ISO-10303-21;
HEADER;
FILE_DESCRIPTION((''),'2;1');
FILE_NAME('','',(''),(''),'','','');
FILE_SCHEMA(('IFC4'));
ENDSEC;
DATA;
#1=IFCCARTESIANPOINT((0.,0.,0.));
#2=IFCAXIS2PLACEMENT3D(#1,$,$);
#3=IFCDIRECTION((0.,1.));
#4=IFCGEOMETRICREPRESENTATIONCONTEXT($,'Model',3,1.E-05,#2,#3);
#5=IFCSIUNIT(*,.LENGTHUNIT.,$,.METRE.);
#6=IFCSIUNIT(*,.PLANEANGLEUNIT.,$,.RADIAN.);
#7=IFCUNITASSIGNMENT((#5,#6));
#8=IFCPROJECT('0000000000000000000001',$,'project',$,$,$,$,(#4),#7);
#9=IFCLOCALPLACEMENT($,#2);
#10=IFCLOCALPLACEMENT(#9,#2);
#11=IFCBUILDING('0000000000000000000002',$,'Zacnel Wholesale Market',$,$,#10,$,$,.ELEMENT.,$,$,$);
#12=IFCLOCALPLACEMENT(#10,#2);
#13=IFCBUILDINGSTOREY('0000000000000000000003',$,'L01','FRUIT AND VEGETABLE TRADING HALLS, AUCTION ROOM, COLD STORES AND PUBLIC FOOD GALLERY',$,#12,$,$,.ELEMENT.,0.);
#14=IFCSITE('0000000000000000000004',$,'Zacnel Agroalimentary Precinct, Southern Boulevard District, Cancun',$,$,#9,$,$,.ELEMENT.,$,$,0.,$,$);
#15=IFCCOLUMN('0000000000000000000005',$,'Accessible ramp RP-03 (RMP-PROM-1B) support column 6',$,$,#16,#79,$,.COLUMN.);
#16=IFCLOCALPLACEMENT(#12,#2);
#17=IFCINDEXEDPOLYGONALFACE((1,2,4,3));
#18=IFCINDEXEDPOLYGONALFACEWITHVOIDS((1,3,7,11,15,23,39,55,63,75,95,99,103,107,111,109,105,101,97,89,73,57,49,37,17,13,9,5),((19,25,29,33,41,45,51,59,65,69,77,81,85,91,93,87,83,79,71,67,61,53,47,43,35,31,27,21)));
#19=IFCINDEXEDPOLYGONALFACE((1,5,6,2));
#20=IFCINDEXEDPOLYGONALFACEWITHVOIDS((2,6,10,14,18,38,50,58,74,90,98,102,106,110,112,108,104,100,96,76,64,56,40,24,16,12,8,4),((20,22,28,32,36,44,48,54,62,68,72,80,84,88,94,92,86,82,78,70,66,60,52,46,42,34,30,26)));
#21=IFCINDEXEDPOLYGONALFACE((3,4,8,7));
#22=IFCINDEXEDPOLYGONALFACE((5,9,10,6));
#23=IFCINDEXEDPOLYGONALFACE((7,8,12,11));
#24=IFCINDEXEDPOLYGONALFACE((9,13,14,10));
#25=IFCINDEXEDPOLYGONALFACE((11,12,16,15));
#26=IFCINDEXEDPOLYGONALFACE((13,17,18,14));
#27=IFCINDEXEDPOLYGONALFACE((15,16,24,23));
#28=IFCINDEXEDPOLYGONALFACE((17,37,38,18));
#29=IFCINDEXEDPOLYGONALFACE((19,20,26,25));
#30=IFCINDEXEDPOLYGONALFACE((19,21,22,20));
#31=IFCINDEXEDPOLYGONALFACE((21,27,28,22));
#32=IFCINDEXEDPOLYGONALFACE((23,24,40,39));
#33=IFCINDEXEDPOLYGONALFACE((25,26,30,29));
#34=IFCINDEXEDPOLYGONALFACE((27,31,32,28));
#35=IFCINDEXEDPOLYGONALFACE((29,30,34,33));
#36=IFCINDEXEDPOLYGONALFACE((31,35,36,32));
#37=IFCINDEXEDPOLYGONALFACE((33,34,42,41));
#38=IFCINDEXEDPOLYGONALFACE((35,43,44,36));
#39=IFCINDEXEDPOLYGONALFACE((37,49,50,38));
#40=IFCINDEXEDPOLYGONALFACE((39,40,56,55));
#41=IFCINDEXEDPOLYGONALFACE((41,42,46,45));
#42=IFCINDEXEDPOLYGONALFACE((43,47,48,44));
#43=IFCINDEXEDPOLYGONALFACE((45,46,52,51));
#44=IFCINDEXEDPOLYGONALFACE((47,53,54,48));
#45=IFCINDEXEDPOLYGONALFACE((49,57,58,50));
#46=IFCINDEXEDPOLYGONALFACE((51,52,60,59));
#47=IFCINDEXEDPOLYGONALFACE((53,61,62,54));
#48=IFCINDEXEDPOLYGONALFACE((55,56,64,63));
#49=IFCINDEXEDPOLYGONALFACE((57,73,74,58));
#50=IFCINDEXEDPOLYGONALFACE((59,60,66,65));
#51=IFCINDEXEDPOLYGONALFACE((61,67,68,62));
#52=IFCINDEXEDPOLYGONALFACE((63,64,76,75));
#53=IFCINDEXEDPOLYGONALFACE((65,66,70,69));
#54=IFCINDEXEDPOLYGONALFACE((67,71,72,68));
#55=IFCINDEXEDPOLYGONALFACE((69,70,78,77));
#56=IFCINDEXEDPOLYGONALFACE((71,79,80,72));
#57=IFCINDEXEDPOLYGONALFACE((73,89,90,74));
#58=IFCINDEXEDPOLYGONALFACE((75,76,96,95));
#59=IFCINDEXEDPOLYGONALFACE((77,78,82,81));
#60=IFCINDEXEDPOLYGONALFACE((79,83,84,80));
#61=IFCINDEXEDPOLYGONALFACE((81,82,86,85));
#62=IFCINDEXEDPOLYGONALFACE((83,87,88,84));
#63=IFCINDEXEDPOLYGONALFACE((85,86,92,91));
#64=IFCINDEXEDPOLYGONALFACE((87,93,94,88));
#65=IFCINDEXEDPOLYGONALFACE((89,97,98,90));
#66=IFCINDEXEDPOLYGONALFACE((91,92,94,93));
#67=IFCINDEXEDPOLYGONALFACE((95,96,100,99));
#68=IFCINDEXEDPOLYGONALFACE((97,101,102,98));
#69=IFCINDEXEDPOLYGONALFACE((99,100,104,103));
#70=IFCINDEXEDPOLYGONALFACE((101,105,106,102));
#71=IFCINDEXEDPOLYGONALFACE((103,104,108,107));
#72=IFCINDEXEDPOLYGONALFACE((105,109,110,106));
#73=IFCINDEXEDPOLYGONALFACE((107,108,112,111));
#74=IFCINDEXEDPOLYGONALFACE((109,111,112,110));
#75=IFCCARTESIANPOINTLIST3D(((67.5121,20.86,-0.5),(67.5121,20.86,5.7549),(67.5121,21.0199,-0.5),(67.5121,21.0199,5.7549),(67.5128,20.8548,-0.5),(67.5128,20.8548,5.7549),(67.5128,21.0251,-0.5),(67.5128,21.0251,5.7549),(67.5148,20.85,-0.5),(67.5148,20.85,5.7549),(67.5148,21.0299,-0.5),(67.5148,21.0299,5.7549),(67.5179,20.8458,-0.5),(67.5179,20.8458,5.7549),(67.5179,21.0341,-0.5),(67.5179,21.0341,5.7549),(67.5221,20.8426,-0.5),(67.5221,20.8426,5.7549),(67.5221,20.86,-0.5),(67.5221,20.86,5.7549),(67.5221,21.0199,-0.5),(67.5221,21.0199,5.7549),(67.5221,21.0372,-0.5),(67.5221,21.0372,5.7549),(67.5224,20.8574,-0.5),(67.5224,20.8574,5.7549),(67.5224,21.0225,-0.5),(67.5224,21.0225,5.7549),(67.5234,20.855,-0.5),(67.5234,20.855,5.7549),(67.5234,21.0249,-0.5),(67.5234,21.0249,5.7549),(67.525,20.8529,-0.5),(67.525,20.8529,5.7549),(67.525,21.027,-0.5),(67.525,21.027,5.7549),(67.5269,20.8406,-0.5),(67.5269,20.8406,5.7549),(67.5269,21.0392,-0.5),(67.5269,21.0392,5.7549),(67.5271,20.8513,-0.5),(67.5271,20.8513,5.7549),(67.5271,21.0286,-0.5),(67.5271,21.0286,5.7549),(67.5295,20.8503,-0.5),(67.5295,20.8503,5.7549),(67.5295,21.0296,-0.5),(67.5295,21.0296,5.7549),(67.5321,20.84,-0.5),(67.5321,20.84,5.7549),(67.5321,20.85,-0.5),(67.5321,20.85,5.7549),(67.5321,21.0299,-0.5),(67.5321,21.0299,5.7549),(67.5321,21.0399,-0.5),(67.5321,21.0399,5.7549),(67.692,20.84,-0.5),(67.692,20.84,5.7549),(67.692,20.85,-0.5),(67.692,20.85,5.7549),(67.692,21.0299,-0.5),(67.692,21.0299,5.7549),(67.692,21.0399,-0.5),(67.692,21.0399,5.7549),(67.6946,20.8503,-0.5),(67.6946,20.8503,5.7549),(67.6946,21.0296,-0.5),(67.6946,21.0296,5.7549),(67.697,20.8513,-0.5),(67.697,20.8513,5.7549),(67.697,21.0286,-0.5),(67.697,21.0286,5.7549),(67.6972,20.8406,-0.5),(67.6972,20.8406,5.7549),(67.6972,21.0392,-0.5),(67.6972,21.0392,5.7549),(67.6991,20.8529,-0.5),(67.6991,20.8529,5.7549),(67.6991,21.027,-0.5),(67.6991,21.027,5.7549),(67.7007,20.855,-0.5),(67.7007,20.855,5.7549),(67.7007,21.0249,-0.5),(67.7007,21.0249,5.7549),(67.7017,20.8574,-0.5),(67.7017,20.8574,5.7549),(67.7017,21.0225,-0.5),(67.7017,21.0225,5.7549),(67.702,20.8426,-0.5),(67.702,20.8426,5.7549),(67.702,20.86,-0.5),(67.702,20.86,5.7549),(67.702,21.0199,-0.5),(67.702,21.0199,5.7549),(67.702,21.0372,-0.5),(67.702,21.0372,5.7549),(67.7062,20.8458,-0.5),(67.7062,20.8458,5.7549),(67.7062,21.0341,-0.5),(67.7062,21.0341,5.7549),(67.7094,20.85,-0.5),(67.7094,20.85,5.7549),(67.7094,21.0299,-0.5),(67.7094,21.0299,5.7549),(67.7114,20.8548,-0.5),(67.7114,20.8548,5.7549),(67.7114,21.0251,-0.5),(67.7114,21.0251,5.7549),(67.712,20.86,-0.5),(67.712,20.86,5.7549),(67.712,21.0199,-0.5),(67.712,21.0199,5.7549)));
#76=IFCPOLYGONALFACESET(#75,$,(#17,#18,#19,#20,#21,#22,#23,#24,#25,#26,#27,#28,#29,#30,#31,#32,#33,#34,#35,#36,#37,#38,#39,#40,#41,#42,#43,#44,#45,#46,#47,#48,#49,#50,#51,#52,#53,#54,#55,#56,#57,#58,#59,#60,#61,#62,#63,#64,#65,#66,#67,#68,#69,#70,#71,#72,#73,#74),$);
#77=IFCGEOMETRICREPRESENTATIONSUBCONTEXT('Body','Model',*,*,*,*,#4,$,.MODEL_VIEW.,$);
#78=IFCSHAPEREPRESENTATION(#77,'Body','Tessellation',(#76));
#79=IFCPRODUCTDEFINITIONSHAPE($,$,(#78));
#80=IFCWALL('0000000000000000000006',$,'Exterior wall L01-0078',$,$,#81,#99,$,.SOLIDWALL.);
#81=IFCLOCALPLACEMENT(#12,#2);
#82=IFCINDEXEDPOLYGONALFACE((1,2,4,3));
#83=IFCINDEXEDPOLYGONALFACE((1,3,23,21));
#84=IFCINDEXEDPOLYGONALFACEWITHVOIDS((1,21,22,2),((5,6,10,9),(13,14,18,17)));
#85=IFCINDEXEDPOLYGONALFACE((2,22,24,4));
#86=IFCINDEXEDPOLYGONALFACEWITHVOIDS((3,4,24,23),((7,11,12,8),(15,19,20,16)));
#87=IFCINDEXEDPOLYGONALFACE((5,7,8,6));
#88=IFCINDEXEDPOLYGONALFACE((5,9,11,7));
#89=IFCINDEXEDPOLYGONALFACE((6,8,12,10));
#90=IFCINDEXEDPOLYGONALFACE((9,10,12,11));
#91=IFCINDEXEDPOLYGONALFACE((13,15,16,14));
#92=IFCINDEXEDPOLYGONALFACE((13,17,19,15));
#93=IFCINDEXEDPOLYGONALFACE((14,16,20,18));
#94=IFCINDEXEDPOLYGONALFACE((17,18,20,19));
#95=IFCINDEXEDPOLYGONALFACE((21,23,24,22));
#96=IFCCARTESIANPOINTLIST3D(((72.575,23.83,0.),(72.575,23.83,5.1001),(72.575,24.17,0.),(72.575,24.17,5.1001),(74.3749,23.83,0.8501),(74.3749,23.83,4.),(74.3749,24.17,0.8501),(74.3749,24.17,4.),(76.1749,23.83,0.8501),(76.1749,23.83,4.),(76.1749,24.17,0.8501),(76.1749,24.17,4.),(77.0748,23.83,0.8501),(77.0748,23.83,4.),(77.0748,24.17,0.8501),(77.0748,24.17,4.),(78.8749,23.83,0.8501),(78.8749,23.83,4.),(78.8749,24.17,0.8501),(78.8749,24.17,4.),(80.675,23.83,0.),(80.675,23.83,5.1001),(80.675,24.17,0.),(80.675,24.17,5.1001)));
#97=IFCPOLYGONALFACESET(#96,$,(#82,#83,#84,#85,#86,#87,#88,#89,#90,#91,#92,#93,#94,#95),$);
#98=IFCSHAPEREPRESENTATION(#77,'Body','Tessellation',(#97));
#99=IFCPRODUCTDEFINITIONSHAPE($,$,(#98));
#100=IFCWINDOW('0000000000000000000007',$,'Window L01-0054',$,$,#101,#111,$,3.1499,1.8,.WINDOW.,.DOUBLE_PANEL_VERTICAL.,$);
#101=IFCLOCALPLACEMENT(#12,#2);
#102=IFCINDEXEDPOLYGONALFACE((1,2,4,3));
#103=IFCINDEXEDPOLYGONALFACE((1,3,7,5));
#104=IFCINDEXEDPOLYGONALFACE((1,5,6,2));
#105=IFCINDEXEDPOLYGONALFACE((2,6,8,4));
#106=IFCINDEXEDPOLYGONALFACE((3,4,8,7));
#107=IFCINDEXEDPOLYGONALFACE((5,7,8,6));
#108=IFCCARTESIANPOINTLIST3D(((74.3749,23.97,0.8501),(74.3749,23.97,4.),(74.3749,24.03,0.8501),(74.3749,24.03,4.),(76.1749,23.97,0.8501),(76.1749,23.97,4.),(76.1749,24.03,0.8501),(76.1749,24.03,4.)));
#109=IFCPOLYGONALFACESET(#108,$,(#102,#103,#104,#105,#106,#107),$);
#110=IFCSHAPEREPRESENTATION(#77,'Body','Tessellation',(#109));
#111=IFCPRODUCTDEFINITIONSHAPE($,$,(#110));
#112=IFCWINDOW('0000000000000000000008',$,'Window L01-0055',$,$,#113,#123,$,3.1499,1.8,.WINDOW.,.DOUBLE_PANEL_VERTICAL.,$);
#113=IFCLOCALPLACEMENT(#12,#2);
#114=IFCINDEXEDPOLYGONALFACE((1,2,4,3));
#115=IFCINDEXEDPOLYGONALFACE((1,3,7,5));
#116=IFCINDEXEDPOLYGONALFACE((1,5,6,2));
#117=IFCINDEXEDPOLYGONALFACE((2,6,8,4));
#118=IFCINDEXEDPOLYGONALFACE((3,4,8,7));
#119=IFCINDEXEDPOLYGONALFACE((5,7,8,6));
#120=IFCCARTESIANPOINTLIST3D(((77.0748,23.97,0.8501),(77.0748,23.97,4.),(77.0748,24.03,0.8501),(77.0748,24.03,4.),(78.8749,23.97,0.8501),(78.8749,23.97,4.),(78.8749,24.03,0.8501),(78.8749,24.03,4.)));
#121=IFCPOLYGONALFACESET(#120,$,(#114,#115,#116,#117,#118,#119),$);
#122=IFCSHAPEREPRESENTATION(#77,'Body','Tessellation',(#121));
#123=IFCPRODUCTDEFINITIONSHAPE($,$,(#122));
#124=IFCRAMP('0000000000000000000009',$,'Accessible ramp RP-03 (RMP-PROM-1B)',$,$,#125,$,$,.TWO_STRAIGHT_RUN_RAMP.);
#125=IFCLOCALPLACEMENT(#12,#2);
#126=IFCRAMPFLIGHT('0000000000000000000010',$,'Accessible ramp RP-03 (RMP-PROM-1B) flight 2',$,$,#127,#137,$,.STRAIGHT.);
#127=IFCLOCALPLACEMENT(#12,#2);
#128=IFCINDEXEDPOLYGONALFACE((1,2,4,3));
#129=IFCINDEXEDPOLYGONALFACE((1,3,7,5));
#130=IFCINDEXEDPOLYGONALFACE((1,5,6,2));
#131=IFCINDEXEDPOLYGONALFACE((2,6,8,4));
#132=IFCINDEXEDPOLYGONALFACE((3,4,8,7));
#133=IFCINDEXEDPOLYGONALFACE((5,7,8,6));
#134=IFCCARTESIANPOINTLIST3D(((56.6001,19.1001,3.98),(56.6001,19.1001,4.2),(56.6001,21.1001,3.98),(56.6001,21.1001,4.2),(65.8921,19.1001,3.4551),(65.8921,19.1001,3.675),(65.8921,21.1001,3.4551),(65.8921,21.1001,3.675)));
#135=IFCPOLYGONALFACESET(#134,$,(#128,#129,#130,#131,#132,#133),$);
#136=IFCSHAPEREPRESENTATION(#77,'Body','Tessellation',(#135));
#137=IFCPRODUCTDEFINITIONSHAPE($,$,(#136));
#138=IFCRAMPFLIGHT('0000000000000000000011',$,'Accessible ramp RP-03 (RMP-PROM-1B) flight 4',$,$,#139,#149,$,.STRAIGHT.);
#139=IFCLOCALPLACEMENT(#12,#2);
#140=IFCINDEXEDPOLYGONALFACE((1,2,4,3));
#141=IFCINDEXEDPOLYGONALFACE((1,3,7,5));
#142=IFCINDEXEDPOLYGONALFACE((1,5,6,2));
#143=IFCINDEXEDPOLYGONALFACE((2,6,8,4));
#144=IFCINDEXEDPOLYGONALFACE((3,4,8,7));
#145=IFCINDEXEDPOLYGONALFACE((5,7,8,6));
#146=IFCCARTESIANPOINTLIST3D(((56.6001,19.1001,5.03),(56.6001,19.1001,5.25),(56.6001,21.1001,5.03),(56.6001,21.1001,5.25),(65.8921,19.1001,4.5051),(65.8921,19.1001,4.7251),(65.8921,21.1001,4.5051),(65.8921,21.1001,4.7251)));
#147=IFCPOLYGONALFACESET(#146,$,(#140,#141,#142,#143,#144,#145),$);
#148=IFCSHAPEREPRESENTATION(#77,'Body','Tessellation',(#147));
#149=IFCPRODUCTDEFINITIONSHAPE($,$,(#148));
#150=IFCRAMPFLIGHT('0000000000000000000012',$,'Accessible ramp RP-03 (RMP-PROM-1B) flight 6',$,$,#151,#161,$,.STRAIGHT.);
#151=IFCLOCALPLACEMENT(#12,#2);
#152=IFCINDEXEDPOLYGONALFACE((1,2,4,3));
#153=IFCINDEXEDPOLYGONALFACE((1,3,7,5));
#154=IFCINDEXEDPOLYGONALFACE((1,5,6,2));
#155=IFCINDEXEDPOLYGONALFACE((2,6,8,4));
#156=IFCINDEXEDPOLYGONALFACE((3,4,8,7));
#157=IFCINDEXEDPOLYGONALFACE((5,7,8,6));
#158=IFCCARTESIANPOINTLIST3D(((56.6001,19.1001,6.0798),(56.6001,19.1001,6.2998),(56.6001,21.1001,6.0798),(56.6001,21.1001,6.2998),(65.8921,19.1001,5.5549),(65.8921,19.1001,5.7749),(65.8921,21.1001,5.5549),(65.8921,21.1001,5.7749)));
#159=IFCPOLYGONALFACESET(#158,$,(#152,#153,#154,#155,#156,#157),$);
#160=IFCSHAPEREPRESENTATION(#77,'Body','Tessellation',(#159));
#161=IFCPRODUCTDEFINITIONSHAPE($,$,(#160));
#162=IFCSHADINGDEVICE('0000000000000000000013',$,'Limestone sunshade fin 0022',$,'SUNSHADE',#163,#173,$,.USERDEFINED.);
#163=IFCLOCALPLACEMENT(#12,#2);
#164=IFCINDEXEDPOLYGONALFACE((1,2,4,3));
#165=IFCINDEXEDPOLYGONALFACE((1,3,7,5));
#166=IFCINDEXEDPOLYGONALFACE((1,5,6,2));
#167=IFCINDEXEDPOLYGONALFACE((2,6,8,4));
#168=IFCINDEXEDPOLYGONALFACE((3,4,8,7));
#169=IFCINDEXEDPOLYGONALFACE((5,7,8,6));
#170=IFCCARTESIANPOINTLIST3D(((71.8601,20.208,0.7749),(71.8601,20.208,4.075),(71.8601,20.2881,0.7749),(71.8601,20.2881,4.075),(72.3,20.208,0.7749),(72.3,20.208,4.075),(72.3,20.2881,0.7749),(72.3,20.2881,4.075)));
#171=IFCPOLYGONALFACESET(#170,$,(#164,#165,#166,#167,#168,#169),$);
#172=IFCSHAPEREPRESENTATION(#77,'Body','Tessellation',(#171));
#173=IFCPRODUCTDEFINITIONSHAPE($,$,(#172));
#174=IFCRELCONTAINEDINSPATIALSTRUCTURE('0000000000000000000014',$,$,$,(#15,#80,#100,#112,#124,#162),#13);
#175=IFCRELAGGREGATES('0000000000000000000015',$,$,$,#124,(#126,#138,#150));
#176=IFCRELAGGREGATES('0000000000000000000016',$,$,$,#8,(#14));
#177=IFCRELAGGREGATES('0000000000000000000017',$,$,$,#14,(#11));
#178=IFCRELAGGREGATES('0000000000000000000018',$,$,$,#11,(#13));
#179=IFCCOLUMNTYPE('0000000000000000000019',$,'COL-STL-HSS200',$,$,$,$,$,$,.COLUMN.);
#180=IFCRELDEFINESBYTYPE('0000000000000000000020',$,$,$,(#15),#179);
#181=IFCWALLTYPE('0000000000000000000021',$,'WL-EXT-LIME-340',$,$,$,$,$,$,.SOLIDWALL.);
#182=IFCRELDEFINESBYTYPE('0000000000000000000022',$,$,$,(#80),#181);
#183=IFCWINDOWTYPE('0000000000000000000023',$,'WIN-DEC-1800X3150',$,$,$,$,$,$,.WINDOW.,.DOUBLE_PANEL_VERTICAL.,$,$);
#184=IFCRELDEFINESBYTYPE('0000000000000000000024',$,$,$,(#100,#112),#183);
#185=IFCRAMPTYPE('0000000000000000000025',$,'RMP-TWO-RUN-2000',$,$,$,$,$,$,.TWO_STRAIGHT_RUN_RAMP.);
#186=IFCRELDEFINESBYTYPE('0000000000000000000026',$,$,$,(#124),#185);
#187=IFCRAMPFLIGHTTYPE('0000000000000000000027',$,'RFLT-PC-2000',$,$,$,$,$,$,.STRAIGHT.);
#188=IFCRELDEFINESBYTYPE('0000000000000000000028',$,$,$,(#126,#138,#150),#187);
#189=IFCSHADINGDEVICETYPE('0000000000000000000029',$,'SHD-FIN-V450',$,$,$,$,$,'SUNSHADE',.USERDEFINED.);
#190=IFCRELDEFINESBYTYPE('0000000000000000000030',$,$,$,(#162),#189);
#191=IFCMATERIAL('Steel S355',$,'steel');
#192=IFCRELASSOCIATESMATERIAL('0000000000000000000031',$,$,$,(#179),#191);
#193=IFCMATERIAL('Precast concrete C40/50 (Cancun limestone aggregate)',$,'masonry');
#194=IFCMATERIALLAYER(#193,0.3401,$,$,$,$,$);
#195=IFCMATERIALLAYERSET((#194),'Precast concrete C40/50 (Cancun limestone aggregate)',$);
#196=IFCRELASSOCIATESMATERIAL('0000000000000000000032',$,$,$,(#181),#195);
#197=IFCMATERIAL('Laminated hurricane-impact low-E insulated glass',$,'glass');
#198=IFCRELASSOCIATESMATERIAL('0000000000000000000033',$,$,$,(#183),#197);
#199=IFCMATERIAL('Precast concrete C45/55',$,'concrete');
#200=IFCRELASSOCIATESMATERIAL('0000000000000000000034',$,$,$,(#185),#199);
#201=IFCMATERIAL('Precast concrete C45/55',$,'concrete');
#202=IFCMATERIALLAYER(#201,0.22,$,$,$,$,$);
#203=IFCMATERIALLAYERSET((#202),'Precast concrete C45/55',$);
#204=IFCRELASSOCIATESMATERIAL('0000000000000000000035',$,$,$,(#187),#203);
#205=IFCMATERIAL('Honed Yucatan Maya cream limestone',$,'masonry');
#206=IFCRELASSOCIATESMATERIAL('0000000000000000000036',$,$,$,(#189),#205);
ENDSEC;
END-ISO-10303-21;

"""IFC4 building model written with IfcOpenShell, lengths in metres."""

from ifc_helpers import new_model, si_unit, direction, frame, frame_2d, origin, origin_2d, place, context, subcontext, project, spatial, polyline, rectangle, hollow_rectangle, outline, extrude, material, layer, layer_set, material_profile, profile_set, type_object, element, fill, aggregate, save


model = new_model("IFC4")

# Units and contexts
model_context = context("Model", 3, precision=1e-05, world=origin(), true_north=direction((0.0, 1.0)))
body_context = subcontext(model_context, "Body", "Model", "MODEL_VIEW")
ifc_project = project(units=[si_unit("LENGTHUNIT", "METRE"), si_unit("PLANEANGLEUNIT", "RADIAN")], contexts=[model_context])

# Site, building, storey
site_placement = place(None, origin())
site = spatial("IfcSite", under=ifc_project, at=site_placement, Name="Zacnel Agroalimentary Precinct, Southern Boulevard District, Cancun", CompositionType="ELEMENT", RefElevation=0.0)
building_placement = place(site_placement, origin())
building = spatial("IfcBuilding", under=site, at=building_placement, Name="Zacnel Wholesale Market", CompositionType="ELEMENT")
storey_placement = place(building_placement, origin())
storey = spatial("IfcBuildingStorey", under=building, at=storey_placement, Name="L01", Description="FRUIT AND VEGETABLE TRADING HALLS, AUCTION ROOM, COLD STORES AND PUBLIC FOOD GALLERY", CompositionType="ELEMENT", Elevation=0.0)

# Column
ifc_material_1 = material(Name="Steel S355", Category="steel")
ifc_material_profile_1 = material_profile(ifc_material_1, hollow_rectangle(XDim=0.2, YDim=0.2, WallThickness=0.01, InnerFilletRadius=0.01, OuterFilletRadius=0.02, at=origin_2d()), Name="HSS 200x200x10")
ifc_profile_set_1 = profile_set([ifc_material_profile_1], Name="Steel S355")
column_type_1 = type_object("IfcColumnType", Name="COL-STL-HSS200", PredefinedType="COLUMN", material=ifc_profile_set_1)
for number, where, z_axis, x_axis, name in (
    (1, (67.6121, 20.9399, -0.5), (0.0, 0.0, 1.0), (1.0, 0.0, 0.0), "Accessible ramp RP-03 (RMP-PROM-1B) support column 6"),
):
    element("IfcColumn", number, at=place(storey_placement, frame(where, z_axis=z_axis, x_axis=x_axis)), inside=storey, type_object=column_type_1, Name=name, PredefinedType="COLUMN", context=body_context, shape_type="SweptSolid", body=[
        extrude(hollow_rectangle(XDim=0.2, YDim=0.2, WallThickness=0.01, InnerFilletRadius=0.01, OuterFilletRadius=0.02, at=origin_2d()), origin(), (0.0, 0.0, 1.0), 6.2549),
    ])

# Wall, openings, windows
ifc_material_2 = material(Name="Precast concrete C40/50 (Cancun limestone aggregate)", Category="masonry")
ifc_layer_1 = layer(ifc_material_2, 0.3401)
ifc_layer_set_1 = layer_set([ifc_layer_1], Name="Precast concrete C40/50 (Cancun limestone aggregate)")
wall_type = type_object("IfcWallType", Name="WL-EXT-LIME-340", PredefinedType="SOLIDWALL", material=ifc_layer_set_1)
wall_placement = place(storey_placement, frame((72.575, 24.0, 0.0), z_axis=(0.0, 0.0, 1.0), x_axis=(1.0, 0.0, 0.0)))
wall = element("IfcWall", 2, at=wall_placement, inside=storey, type_object=wall_type, Name="Exterior wall L01-0078", PredefinedType="SOLIDWALL", context=body_context, shape_type="SweptSolid", body=[
    extrude(rectangle(XDim=8.1001, YDim=0.3401, at=frame_2d((4.05, 0.0))), origin(), (0.0, 0.0, 1.0), 5.1001),
])
opening_1_placement = place(wall_placement, frame((1.8, 0.0, 0.8501)))
opening_1 = element("IfcOpeningElement", 3, at=opening_1_placement, cuts=wall, PredefinedType="OPENING", context=body_context, shape_type="SweptSolid", body=[
    extrude(rectangle(XDim=1.8, YDim=3.1499, at=frame_2d((0.8999, 1.575))), frame((0.0, 0.1799, 0.0), z_axis=(0.0, -1.0, 0.0), x_axis=(1.0, 0.0, 0.0)), (0.0, 0.0, 1.0), 0.3601),
])
opening_2_placement = place(wall_placement, frame((4.5, 0.0, 0.8501)))
opening_2 = element("IfcOpeningElement", 4, at=opening_2_placement, cuts=wall, PredefinedType="OPENING", context=body_context, shape_type="SweptSolid", body=[
    extrude(rectangle(XDim=1.8, YDim=3.1499, at=frame_2d((0.8999, 1.575))), frame((0.0, 0.1799, 0.0), z_axis=(0.0, -1.0, 0.0), x_axis=(1.0, 0.0, 0.0)), (0.0, 0.0, 1.0), 0.3601),
])
ifc_material_3 = material(Name="Laminated hurricane-impact low-E insulated glass", Category="glass")
window_type = type_object("IfcWindowType", Name="WIN-DEC-1800X3150", PartitioningType="DOUBLE_PANEL_VERTICAL", PredefinedType="WINDOW", material=ifc_material_3)
window_1_placement = place(opening_1_placement, origin())
window_1 = element("IfcWindow", 5, at=window_1_placement, inside=storey, type_object=window_type, Name="Window L01-0054", OverallHeight=3.1499, OverallWidth=1.8, PartitioningType="DOUBLE_PANEL_VERTICAL", PredefinedType="WINDOW", context=body_context, shape_type="SweptSolid", body=[
    extrude(rectangle(XDim=1.8, YDim=3.1499, at=frame_2d((0.8999, 1.575))), frame((0.0, 0.03, 0.0), z_axis=(0.0, -1.0, 0.0), x_axis=(1.0, 0.0, 0.0)), (0.0, 0.0, 1.0), 0.0601),
])
fill(opening_1, window_1)
window_2_placement = place(opening_2_placement, origin())
window_2 = element("IfcWindow", 6, at=window_2_placement, inside=storey, type_object=window_type, Name="Window L01-0055", OverallHeight=3.1499, OverallWidth=1.8, PartitioningType="DOUBLE_PANEL_VERTICAL", PredefinedType="WINDOW", context=body_context, shape_type="SweptSolid", body=[
    extrude(rectangle(XDim=1.8, YDim=3.1499, at=frame_2d((0.8999, 1.575))), frame((0.0, 0.03, 0.0), z_axis=(0.0, -1.0, 0.0), x_axis=(1.0, 0.0, 0.0)), (0.0, 0.0, 1.0), 0.0601),
])
fill(opening_2, window_2)

# Ramp, ramp flights
ifc_material_4 = material(Name="Precast concrete C45/55", Category="concrete")
ramp_type = type_object("IfcRampType", Name="RMP-TWO-RUN-2000", PredefinedType="TWO_STRAIGHT_RUN_RAMP", material=ifc_material_4)
ramp_placement = place(storey_placement, origin())
ramp = element("IfcRamp", 7, at=ramp_placement, inside=storey, type_object=ramp_type, Name="Accessible ramp RP-03 (RMP-PROM-1B)", PredefinedType="TWO_STRAIGHT_RUN_RAMP")
ifc_material_5 = material(Name="Precast concrete C45/55", Category="concrete")
ifc_layer_2 = layer(ifc_material_5, 0.22)
ifc_layer_set_2 = layer_set([ifc_layer_2], Name="Precast concrete C45/55")
ramp_flight_type = type_object("IfcRampFlightType", Name="RFLT-PC-2000", PredefinedType="STRAIGHT", material=ifc_layer_set_2)
ramp_flight_1_placement = place(storey_placement, frame((65.8921, 20.1001, 3.675), z_axis=(0.0, 0.0, 1.0), x_axis=(-1.0, 0.0, 0.0)))
ramp_flight_1 = element("IfcRampFlight", 8, at=ramp_flight_1_placement, type_object=ramp_flight_type, Name="Accessible ramp RP-03 (RMP-PROM-1B) flight 2", PredefinedType="STRAIGHT", context=body_context, shape_type="SweptSolid", body=[
    extrude(outline(polyline([(0.0, 0.0), (9.292, 0.5249), (9.292, 0.3049), (0.0, -0.22), (0.0, 0.0)])), frame((0.0, 1.0, 0.0), z_axis=(0.0, -1.0, 0.0), x_axis=(1.0, 0.0, 0.0)), (0.0, 0.0, 1.0), 2.0),
])
ramp_flight_2_placement = place(storey_placement, frame((65.8921, 20.1001, 4.7251), z_axis=(0.0, 0.0, 1.0), x_axis=(-1.0, 0.0, 0.0)))
ramp_flight_2 = element("IfcRampFlight", 9, at=ramp_flight_2_placement, type_object=ramp_flight_type, Name="Accessible ramp RP-03 (RMP-PROM-1B) flight 4", PredefinedType="STRAIGHT", context=body_context, shape_type="SweptSolid", body=[
    extrude(outline(polyline([(0.0, 0.0), (9.292, 0.5249), (9.292, 0.3049), (0.0, -0.22), (0.0, 0.0)])), frame((0.0, 1.0, 0.0), z_axis=(0.0, -1.0, 0.0), x_axis=(1.0, 0.0, 0.0)), (0.0, 0.0, 1.0), 2.0),
])
ramp_flight_3_placement = place(storey_placement, frame((65.8921, 20.1001, 5.7749), z_axis=(0.0, 0.0, 1.0), x_axis=(-1.0, 0.0, 0.0)))
ramp_flight_3 = element("IfcRampFlight", 10, at=ramp_flight_3_placement, type_object=ramp_flight_type, Name="Accessible ramp RP-03 (RMP-PROM-1B) flight 6", PredefinedType="STRAIGHT", context=body_context, shape_type="SweptSolid", body=[
    extrude(outline(polyline([(0.0, 0.0), (9.292, 0.5249), (9.292, 0.3049), (0.0, -0.22), (0.0, 0.0)])), frame((0.0, 1.0, 0.0), z_axis=(0.0, -1.0, 0.0), x_axis=(1.0, 0.0, 0.0)), (0.0, 0.0, 1.0), 2.0),
])
aggregate(ramp, [ramp_flight_1, ramp_flight_2, ramp_flight_3])

# Shading device
ifc_material_6 = material(Name="Honed Yucatan Maya cream limestone", Category="masonry")
shading_device_type = type_object("IfcShadingDeviceType", Name="SHD-FIN-V450", ElementType="SUNSHADE", PredefinedType="USERDEFINED", material=ifc_material_6)
for number, where, z_axis, x_axis, name in (
    (11, (72.0801, 20.248, 0.7749), (0.0, 0.0, 1.0), (0.0, 1.0, 0.0), "Limestone sunshade fin 0022"),
):
    element("IfcShadingDevice", number, at=place(storey_placement, frame(where, z_axis=z_axis, x_axis=x_axis)), inside=storey, type_object=shading_device_type, Name=name, ObjectType="SUNSHADE", PredefinedType="USERDEFINED", context=body_context, shape_type="SweptSolid", body=[
        extrude(rectangle(XDim=0.0801, YDim=0.4399, at=origin_2d()), origin(), (0.0, 0.0, 1.0), 3.3),
    ])

save(model, "model.ifc")
